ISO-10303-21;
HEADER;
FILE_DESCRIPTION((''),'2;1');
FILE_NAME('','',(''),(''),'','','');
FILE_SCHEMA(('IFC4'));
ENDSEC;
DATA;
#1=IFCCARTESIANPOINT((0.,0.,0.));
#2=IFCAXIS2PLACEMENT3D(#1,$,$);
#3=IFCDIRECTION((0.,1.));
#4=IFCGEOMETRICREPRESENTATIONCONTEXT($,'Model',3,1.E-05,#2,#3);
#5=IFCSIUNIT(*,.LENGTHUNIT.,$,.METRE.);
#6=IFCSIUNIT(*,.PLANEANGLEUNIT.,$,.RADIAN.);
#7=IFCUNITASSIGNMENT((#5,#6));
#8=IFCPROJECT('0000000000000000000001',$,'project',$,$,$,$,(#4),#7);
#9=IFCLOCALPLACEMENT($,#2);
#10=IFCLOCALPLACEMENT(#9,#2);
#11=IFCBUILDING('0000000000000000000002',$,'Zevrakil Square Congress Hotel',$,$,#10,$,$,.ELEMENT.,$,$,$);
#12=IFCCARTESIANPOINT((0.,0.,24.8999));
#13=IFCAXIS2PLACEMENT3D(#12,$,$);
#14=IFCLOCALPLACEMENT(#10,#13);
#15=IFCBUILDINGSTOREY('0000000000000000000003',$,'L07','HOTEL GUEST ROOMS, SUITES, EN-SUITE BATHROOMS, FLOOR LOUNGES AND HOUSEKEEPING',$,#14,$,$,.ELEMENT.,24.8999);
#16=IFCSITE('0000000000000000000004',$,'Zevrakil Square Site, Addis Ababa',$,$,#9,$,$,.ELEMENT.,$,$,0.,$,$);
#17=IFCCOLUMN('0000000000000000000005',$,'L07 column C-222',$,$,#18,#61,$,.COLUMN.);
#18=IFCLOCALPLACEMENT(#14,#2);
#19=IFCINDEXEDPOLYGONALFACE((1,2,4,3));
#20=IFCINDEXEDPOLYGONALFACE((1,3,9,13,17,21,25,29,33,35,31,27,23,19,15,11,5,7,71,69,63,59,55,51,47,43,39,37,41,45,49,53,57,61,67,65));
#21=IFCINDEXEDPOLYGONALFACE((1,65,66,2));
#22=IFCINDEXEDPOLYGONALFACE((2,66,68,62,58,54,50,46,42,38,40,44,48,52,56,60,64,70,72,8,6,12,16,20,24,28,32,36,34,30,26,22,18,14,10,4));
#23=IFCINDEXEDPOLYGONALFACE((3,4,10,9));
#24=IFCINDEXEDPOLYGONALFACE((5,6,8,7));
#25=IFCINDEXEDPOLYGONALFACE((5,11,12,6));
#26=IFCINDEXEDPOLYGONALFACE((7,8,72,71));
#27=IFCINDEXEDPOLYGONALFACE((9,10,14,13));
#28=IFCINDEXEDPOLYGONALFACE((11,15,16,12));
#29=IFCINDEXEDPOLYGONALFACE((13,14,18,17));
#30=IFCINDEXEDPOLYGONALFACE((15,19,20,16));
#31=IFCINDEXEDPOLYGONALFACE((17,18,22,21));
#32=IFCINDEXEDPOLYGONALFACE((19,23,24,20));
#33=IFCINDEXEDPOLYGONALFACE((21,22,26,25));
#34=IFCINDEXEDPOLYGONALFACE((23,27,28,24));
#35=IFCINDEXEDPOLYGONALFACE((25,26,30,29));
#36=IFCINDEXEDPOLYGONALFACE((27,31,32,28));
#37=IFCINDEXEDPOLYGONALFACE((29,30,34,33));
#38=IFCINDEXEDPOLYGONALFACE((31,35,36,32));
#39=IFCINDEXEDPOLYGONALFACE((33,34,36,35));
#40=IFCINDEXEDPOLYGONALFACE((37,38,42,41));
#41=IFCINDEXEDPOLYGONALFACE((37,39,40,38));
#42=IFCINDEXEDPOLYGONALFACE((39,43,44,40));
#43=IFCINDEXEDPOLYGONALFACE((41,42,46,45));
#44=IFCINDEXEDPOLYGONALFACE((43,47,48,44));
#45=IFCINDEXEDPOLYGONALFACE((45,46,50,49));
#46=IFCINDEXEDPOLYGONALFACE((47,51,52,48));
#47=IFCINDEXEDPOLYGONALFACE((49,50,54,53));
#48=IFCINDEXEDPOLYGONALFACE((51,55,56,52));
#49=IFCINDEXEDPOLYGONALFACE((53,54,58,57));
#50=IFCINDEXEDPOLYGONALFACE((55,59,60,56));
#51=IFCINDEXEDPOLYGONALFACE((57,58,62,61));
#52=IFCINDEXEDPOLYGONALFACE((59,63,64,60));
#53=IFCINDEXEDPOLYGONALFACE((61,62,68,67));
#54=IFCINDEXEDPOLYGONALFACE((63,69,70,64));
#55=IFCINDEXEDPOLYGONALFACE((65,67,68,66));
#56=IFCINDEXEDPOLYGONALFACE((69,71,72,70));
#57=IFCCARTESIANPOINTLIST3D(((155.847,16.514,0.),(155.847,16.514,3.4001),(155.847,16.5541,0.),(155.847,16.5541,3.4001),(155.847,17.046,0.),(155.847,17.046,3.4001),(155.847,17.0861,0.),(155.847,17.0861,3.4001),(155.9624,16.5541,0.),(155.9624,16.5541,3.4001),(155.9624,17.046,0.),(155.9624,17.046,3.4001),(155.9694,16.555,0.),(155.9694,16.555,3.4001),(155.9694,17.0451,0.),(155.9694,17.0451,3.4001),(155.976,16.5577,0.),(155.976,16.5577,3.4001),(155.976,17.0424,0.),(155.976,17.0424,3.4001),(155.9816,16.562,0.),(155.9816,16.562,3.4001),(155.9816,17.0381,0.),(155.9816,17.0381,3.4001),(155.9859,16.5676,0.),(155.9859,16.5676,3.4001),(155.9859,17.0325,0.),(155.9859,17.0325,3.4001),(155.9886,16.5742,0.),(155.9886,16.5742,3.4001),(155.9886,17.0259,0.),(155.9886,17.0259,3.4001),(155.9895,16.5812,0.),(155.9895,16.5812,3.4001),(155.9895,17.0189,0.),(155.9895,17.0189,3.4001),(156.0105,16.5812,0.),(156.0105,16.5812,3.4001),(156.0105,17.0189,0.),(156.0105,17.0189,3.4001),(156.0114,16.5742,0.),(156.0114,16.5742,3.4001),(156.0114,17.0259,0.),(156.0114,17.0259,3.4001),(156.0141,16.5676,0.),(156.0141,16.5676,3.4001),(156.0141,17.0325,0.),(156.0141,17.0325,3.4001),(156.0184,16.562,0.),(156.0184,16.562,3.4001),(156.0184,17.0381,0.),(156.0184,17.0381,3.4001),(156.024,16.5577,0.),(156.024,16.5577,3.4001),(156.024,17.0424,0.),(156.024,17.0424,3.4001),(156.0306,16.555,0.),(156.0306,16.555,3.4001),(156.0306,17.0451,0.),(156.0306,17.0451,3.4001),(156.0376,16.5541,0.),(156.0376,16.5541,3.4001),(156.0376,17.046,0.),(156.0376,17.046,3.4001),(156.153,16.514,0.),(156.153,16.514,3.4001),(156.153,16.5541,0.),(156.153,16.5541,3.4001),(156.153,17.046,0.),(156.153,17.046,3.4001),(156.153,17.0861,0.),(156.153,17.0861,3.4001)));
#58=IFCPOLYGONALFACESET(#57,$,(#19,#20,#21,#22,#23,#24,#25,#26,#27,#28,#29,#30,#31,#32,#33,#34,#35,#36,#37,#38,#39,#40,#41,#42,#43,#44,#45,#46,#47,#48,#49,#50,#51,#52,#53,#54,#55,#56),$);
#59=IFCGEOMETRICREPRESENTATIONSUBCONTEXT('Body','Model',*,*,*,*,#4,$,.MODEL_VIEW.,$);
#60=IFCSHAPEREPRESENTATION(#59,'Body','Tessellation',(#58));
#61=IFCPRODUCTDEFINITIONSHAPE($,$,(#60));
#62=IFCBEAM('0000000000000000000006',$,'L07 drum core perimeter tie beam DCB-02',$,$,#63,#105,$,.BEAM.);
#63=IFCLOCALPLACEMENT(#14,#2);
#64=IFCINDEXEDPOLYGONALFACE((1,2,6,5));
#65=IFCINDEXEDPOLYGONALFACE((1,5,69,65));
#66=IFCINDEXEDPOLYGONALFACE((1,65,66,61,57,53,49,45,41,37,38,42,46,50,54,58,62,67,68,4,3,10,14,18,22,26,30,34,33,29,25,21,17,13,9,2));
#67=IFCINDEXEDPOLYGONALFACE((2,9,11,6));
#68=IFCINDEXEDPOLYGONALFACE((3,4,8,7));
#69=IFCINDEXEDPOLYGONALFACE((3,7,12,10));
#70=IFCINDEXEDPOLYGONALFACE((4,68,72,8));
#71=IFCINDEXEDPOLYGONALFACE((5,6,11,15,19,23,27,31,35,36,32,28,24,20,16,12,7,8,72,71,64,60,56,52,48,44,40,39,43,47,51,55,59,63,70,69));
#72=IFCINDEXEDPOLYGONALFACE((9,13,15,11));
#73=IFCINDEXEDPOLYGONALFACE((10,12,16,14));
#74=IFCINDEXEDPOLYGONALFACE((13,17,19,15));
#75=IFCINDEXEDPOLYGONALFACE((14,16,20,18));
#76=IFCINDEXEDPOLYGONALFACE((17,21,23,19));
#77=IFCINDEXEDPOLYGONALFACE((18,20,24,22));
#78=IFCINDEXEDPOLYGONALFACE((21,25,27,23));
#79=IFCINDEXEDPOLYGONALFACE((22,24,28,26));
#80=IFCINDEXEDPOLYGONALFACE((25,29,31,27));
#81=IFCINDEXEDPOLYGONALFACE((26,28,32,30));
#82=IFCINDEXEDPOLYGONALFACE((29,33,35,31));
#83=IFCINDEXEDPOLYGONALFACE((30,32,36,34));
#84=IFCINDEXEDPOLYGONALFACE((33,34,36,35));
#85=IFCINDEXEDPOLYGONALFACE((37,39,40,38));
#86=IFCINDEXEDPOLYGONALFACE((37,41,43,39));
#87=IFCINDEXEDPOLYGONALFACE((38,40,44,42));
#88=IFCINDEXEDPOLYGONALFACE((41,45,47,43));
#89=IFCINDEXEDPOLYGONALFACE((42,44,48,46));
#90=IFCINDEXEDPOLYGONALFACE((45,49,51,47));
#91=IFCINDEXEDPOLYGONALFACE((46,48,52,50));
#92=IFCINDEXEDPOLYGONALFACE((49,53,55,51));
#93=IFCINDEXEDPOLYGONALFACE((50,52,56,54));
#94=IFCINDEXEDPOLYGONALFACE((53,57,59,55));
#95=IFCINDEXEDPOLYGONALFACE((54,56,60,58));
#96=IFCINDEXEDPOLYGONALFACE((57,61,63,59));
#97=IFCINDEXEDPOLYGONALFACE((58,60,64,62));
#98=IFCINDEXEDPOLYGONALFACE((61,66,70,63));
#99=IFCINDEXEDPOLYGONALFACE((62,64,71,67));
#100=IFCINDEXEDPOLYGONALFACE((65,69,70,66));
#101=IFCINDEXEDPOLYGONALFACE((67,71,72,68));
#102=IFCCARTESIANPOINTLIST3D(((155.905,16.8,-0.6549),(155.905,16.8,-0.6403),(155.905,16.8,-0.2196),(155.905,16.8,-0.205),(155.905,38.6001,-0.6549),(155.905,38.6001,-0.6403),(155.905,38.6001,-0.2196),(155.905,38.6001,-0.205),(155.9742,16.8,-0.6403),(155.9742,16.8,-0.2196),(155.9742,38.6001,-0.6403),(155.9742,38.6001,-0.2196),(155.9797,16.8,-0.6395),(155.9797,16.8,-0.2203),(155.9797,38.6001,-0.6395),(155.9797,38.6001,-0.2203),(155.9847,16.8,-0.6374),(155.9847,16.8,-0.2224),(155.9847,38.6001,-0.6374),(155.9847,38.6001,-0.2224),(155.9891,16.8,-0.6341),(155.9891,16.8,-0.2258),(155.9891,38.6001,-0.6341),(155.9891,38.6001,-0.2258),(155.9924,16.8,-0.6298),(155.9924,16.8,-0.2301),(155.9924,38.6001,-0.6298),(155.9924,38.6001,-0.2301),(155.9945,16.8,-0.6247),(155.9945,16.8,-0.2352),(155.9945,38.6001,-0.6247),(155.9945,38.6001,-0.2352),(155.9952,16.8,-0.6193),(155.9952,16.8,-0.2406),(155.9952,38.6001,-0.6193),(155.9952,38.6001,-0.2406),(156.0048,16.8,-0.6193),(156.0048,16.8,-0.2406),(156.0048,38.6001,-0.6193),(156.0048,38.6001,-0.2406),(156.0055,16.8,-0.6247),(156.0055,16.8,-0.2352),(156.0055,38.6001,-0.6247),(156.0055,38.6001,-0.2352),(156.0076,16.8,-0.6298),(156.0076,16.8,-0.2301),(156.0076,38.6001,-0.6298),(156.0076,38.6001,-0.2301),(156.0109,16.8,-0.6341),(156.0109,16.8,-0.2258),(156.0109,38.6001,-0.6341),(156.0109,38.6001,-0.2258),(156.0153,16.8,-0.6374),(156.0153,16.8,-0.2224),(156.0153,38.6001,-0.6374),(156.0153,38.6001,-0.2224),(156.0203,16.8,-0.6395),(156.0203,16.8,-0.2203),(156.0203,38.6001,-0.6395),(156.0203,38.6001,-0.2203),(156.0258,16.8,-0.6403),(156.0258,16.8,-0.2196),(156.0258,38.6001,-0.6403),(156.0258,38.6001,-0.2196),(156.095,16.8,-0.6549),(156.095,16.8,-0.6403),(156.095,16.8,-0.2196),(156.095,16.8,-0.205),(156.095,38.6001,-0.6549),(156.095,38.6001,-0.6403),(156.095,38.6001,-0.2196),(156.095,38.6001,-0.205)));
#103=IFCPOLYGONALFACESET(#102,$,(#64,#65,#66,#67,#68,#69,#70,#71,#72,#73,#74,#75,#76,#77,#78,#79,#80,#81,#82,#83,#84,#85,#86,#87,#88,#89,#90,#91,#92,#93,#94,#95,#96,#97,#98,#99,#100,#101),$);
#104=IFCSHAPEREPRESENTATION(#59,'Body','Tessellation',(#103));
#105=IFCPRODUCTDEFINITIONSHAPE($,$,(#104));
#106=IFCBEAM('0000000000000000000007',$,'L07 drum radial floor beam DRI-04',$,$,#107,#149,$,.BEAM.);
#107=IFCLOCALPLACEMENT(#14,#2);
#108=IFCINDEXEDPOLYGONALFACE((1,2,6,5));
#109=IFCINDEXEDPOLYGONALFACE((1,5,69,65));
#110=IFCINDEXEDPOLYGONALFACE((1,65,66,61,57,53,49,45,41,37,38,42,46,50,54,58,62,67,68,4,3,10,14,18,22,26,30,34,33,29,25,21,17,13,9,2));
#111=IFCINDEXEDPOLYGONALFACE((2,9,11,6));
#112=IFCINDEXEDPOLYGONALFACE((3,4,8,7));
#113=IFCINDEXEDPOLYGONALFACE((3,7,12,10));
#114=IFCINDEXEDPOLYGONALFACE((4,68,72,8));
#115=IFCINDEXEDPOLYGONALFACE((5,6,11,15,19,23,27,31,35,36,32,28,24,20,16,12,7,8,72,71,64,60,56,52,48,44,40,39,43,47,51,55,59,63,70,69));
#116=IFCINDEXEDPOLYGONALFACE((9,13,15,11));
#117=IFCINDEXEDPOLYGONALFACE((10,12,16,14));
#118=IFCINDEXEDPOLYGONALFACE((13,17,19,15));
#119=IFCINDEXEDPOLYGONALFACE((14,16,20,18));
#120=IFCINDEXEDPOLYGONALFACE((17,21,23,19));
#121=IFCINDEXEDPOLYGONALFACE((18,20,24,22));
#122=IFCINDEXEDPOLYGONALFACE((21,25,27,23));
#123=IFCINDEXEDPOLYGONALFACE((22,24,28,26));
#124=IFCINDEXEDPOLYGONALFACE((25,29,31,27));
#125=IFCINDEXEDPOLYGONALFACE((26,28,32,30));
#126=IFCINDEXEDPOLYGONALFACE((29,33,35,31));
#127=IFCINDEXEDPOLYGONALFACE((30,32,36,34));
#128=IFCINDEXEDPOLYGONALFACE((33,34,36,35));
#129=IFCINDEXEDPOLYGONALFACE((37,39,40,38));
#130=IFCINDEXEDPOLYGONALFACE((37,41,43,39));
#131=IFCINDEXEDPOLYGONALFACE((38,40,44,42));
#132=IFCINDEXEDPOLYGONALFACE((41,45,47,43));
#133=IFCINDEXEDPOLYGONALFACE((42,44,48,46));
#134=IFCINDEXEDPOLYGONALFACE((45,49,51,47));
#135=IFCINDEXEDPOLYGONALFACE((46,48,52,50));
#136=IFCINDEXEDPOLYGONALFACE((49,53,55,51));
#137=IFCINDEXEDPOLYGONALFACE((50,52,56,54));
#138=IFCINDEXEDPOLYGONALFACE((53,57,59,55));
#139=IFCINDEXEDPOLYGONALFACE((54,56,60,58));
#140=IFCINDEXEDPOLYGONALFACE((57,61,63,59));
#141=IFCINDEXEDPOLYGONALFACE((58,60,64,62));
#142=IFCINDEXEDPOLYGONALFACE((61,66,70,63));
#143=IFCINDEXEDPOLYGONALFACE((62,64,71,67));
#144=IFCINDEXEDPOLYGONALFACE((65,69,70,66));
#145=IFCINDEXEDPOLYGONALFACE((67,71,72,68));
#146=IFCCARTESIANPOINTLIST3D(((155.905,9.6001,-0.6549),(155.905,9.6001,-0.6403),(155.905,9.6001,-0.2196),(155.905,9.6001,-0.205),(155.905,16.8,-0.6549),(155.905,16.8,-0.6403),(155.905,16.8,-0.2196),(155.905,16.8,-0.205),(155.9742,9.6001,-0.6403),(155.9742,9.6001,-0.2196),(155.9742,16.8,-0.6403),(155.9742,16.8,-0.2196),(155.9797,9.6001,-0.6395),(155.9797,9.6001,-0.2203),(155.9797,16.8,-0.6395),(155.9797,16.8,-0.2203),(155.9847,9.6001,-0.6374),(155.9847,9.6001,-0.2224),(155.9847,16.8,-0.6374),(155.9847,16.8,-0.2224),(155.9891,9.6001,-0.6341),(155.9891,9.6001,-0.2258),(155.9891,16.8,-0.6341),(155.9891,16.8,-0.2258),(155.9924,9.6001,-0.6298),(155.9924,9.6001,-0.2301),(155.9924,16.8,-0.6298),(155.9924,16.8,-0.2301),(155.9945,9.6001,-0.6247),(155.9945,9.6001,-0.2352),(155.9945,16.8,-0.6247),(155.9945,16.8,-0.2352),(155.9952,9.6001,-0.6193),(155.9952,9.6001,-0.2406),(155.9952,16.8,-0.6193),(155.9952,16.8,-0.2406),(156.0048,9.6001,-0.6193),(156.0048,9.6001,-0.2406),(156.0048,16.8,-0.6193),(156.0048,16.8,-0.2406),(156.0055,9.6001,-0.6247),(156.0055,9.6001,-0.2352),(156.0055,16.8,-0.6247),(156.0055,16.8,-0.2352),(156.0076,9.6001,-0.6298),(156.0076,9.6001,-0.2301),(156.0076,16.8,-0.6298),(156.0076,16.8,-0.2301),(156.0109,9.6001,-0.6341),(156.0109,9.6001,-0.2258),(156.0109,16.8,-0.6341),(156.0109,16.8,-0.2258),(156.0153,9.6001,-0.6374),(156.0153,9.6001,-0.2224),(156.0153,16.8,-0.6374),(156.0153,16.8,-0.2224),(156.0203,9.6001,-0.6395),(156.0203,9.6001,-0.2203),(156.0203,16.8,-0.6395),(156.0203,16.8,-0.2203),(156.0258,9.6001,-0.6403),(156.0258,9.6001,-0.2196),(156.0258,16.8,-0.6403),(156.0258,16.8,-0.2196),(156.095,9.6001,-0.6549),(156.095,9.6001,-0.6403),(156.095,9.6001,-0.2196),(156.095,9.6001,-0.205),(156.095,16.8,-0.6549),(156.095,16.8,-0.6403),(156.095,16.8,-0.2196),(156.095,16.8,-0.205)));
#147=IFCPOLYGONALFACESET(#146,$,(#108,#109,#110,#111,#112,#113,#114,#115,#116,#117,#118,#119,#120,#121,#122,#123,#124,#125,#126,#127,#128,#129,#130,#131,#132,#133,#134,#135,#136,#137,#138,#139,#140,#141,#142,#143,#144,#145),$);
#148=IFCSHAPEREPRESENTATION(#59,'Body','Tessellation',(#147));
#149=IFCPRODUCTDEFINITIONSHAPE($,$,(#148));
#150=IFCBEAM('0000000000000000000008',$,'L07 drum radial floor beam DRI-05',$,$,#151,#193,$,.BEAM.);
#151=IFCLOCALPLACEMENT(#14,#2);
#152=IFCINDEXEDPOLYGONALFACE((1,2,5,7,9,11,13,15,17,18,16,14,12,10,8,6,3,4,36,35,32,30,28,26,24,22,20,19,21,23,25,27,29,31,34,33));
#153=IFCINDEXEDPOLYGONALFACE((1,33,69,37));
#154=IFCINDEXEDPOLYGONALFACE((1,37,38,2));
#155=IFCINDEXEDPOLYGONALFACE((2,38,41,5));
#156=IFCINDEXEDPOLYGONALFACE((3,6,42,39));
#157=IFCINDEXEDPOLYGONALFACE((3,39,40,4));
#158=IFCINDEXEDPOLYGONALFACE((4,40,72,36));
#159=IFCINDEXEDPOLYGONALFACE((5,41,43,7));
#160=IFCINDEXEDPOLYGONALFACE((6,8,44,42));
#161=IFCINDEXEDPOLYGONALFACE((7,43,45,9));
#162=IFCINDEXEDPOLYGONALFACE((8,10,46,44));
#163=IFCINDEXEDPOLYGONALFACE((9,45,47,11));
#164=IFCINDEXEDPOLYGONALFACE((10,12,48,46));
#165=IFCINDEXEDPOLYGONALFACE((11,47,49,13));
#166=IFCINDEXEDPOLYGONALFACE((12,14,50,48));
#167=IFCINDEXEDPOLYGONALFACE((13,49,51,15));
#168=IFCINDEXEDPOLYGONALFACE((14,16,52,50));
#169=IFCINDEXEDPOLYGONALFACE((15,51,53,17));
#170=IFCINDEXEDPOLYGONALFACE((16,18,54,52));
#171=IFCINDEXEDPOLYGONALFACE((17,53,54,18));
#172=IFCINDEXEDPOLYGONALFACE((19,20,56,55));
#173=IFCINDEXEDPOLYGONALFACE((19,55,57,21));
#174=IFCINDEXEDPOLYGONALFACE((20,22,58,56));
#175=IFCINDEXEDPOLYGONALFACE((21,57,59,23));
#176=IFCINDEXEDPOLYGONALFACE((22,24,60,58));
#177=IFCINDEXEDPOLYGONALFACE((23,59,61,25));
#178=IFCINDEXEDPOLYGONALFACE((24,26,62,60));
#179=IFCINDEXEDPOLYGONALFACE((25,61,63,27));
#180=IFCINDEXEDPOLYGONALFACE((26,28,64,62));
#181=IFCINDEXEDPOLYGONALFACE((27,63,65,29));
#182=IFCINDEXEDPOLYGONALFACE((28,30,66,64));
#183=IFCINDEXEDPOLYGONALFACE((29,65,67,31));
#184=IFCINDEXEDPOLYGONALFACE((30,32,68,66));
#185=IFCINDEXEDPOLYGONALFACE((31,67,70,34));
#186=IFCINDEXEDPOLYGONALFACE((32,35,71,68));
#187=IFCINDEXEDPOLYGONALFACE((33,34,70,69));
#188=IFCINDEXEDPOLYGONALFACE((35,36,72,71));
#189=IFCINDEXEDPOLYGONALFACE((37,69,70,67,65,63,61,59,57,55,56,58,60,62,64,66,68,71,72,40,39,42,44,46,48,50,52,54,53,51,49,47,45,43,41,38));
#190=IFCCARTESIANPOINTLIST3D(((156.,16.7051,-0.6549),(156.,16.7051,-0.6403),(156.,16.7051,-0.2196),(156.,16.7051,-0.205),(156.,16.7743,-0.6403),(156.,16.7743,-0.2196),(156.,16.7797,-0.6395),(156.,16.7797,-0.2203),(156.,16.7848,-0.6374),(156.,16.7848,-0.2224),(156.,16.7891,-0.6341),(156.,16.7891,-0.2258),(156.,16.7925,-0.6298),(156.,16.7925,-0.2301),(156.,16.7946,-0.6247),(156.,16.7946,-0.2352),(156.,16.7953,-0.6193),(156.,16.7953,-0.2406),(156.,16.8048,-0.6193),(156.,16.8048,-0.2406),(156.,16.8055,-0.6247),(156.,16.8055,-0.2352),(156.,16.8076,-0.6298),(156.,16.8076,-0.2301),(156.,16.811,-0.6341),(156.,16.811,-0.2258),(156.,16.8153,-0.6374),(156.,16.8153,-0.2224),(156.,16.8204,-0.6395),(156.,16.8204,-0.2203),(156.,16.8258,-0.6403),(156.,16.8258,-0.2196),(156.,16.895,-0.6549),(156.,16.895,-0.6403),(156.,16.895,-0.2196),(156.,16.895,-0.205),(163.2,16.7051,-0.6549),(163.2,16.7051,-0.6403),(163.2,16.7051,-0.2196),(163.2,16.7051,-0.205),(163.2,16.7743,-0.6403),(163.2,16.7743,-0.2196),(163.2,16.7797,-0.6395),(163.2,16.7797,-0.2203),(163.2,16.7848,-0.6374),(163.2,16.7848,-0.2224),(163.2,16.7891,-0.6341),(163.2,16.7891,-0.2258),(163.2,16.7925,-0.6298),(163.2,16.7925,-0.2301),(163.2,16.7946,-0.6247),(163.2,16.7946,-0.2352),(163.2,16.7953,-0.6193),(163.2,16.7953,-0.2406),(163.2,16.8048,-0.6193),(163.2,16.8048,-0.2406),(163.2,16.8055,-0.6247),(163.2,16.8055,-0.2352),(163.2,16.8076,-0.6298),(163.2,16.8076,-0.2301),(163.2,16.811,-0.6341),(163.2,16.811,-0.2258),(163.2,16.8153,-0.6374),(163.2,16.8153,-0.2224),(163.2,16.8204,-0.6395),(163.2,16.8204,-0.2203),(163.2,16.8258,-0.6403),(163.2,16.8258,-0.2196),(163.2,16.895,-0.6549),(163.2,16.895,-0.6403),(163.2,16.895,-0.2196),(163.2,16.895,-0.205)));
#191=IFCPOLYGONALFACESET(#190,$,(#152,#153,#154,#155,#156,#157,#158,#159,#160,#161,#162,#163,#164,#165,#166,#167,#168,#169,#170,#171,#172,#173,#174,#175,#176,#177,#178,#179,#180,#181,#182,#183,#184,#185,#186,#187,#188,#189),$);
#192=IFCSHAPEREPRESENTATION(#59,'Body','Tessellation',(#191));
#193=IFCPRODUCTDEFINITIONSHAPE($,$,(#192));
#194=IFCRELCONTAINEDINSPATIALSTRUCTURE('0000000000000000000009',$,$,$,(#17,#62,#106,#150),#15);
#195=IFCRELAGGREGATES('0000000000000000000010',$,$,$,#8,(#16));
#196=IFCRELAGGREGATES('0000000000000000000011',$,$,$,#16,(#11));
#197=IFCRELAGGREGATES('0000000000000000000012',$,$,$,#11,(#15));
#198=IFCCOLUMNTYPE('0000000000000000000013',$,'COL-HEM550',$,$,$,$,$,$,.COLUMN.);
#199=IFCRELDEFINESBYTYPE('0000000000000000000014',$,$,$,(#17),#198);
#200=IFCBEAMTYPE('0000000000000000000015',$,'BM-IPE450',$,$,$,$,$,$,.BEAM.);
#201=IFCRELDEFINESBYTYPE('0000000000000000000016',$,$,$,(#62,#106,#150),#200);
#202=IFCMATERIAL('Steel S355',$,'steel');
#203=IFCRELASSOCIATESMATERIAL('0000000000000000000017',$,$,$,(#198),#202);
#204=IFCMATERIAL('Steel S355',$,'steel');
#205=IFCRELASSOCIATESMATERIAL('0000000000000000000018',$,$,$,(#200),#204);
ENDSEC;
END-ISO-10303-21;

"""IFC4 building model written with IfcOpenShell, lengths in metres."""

from ifc_helpers import new_model, si_unit, direction, frame, origin, origin_2d, place, context, subcontext, project, spatial, i_section, extrude, material, material_profile, profile_set, type_object, element, save


model = new_model("IFC4")

# Units and contexts
model_context = context("Model", 3, precision=1e-05, world=origin(), true_north=direction((0.0, 1.0)))
body_context = subcontext(model_context, "Body", "Model", "MODEL_VIEW")
ifc_project = project(units=[si_unit("LENGTHUNIT", "METRE"), si_unit("PLANEANGLEUNIT", "RADIAN")], contexts=[model_context])

# Site, building, storey
site_placement = place(None, origin())
site = spatial("IfcSite", under=ifc_project, at=site_placement, Name="Zevrakil Square Site, Addis Ababa", CompositionType="ELEMENT", RefElevation=0.0)
building_placement = place(site_placement, origin())
building = spatial("IfcBuilding", under=site, at=building_placement, Name="Zevrakil Square Congress Hotel", CompositionType="ELEMENT")
storey_placement = place(building_placement, frame((0.0, 0.0, 24.8999)))
storey = spatial("IfcBuildingStorey", under=building, at=storey_placement, Name="L07", Description="HOTEL GUEST ROOMS, SUITES, EN-SUITE BATHROOMS, FLOOR LOUNGES AND HOUSEKEEPING", CompositionType="ELEMENT", Elevation=24.8999)

# Column
ifc_material_1 = material(Name="Steel S355", Category="steel")
ifc_material_profile_1 = material_profile(ifc_material_1, i_section(OverallWidth=0.3059, OverallDepth=0.572, WebThickness=0.021, FlangeThickness=0.04, FilletRadius=0.0271, at=origin_2d()), Name="HEM 550")
ifc_profile_set_1 = profile_set([ifc_material_profile_1], Name="Steel S355")
column_type = type_object("IfcColumnType", Name="COL-HEM550", PredefinedType="COLUMN", material=ifc_profile_set_1)
column_placement = place(storey_placement, frame((156.0, 16.8, 0.0), z_axis=(0.0, 0.0, 1.0), x_axis=(1.0, 0.0, 0.0)))
element("IfcColumn", 1, at=column_placement, inside=storey, type_object=column_type, Name="L07 column C-222", PredefinedType="COLUMN", context=body_context, shape_type="SweptSolid", body=[
    extrude(i_section(OverallWidth=0.3059, OverallDepth=0.572, WebThickness=0.021, FlangeThickness=0.04, FilletRadius=0.0271, at=origin_2d()), origin(), (0.0, 0.0, 1.0), 3.4001),
])

# Beams
ifc_material_2 = material(Name="Steel S355", Category="steel")
ifc_material_profile_2 = material_profile(ifc_material_2, i_section(OverallWidth=0.1899, OverallDepth=0.45, WebThickness=0.0095, FlangeThickness=0.0146, FilletRadius=0.021, at=origin_2d()), Name="IPE 450")
ifc_profile_set_2 = profile_set([ifc_material_profile_2], Name="Steel S355")
beam_type = type_object("IfcBeamType", Name="BM-IPE450", PredefinedType="BEAM", material=ifc_profile_set_2)
beam_placement = place(storey_placement, frame((156.0, 16.8, -0.4299), z_axis=(0.0, 1.0, 0.0), x_axis=(-1.0, 0.0, 0.0)))
element("IfcBeam", 2, at=beam_placement, inside=storey, type_object=beam_type, Name="L07 drum core perimeter tie beam DCB-02", PredefinedType="BEAM", context=body_context, shape_type="SweptSolid", body=[
    extrude(i_section(OverallWidth=0.1899, OverallDepth=0.45, WebThickness=0.0095, FlangeThickness=0.0146, FilletRadius=0.021, at=origin_2d()), origin(), (0.0, 0.0, 1.0), 21.8),
])
for number, where, z_axis, x_axis, name in (
    (3, (156.0, 16.8, -0.4299), (0.0, -1.0, 0.0), (1.0, 0.0, 0.0), "L07 drum radial floor beam DRI-04"),
    (4, (156.0, 16.8, -0.4299), (1.0, 0.0, 0.0), (0.0, 1.0, 0.0), "L07 drum radial floor beam DRI-05"),
):
    element("IfcBeam", number, at=place(storey_placement, frame(where, z_axis=z_axis, x_axis=x_axis)), inside=storey, type_object=beam_type, Name=name, PredefinedType="BEAM", context=body_context, shape_type="SweptSolid", body=[
        extrude(i_section(OverallWidth=0.1899, OverallDepth=0.45, WebThickness=0.0095, FlangeThickness=0.0146, FilletRadius=0.021, at=origin_2d()), origin(), (0.0, 0.0, 1.0), 7.2),
    ])

save(model, "model.ifc")
